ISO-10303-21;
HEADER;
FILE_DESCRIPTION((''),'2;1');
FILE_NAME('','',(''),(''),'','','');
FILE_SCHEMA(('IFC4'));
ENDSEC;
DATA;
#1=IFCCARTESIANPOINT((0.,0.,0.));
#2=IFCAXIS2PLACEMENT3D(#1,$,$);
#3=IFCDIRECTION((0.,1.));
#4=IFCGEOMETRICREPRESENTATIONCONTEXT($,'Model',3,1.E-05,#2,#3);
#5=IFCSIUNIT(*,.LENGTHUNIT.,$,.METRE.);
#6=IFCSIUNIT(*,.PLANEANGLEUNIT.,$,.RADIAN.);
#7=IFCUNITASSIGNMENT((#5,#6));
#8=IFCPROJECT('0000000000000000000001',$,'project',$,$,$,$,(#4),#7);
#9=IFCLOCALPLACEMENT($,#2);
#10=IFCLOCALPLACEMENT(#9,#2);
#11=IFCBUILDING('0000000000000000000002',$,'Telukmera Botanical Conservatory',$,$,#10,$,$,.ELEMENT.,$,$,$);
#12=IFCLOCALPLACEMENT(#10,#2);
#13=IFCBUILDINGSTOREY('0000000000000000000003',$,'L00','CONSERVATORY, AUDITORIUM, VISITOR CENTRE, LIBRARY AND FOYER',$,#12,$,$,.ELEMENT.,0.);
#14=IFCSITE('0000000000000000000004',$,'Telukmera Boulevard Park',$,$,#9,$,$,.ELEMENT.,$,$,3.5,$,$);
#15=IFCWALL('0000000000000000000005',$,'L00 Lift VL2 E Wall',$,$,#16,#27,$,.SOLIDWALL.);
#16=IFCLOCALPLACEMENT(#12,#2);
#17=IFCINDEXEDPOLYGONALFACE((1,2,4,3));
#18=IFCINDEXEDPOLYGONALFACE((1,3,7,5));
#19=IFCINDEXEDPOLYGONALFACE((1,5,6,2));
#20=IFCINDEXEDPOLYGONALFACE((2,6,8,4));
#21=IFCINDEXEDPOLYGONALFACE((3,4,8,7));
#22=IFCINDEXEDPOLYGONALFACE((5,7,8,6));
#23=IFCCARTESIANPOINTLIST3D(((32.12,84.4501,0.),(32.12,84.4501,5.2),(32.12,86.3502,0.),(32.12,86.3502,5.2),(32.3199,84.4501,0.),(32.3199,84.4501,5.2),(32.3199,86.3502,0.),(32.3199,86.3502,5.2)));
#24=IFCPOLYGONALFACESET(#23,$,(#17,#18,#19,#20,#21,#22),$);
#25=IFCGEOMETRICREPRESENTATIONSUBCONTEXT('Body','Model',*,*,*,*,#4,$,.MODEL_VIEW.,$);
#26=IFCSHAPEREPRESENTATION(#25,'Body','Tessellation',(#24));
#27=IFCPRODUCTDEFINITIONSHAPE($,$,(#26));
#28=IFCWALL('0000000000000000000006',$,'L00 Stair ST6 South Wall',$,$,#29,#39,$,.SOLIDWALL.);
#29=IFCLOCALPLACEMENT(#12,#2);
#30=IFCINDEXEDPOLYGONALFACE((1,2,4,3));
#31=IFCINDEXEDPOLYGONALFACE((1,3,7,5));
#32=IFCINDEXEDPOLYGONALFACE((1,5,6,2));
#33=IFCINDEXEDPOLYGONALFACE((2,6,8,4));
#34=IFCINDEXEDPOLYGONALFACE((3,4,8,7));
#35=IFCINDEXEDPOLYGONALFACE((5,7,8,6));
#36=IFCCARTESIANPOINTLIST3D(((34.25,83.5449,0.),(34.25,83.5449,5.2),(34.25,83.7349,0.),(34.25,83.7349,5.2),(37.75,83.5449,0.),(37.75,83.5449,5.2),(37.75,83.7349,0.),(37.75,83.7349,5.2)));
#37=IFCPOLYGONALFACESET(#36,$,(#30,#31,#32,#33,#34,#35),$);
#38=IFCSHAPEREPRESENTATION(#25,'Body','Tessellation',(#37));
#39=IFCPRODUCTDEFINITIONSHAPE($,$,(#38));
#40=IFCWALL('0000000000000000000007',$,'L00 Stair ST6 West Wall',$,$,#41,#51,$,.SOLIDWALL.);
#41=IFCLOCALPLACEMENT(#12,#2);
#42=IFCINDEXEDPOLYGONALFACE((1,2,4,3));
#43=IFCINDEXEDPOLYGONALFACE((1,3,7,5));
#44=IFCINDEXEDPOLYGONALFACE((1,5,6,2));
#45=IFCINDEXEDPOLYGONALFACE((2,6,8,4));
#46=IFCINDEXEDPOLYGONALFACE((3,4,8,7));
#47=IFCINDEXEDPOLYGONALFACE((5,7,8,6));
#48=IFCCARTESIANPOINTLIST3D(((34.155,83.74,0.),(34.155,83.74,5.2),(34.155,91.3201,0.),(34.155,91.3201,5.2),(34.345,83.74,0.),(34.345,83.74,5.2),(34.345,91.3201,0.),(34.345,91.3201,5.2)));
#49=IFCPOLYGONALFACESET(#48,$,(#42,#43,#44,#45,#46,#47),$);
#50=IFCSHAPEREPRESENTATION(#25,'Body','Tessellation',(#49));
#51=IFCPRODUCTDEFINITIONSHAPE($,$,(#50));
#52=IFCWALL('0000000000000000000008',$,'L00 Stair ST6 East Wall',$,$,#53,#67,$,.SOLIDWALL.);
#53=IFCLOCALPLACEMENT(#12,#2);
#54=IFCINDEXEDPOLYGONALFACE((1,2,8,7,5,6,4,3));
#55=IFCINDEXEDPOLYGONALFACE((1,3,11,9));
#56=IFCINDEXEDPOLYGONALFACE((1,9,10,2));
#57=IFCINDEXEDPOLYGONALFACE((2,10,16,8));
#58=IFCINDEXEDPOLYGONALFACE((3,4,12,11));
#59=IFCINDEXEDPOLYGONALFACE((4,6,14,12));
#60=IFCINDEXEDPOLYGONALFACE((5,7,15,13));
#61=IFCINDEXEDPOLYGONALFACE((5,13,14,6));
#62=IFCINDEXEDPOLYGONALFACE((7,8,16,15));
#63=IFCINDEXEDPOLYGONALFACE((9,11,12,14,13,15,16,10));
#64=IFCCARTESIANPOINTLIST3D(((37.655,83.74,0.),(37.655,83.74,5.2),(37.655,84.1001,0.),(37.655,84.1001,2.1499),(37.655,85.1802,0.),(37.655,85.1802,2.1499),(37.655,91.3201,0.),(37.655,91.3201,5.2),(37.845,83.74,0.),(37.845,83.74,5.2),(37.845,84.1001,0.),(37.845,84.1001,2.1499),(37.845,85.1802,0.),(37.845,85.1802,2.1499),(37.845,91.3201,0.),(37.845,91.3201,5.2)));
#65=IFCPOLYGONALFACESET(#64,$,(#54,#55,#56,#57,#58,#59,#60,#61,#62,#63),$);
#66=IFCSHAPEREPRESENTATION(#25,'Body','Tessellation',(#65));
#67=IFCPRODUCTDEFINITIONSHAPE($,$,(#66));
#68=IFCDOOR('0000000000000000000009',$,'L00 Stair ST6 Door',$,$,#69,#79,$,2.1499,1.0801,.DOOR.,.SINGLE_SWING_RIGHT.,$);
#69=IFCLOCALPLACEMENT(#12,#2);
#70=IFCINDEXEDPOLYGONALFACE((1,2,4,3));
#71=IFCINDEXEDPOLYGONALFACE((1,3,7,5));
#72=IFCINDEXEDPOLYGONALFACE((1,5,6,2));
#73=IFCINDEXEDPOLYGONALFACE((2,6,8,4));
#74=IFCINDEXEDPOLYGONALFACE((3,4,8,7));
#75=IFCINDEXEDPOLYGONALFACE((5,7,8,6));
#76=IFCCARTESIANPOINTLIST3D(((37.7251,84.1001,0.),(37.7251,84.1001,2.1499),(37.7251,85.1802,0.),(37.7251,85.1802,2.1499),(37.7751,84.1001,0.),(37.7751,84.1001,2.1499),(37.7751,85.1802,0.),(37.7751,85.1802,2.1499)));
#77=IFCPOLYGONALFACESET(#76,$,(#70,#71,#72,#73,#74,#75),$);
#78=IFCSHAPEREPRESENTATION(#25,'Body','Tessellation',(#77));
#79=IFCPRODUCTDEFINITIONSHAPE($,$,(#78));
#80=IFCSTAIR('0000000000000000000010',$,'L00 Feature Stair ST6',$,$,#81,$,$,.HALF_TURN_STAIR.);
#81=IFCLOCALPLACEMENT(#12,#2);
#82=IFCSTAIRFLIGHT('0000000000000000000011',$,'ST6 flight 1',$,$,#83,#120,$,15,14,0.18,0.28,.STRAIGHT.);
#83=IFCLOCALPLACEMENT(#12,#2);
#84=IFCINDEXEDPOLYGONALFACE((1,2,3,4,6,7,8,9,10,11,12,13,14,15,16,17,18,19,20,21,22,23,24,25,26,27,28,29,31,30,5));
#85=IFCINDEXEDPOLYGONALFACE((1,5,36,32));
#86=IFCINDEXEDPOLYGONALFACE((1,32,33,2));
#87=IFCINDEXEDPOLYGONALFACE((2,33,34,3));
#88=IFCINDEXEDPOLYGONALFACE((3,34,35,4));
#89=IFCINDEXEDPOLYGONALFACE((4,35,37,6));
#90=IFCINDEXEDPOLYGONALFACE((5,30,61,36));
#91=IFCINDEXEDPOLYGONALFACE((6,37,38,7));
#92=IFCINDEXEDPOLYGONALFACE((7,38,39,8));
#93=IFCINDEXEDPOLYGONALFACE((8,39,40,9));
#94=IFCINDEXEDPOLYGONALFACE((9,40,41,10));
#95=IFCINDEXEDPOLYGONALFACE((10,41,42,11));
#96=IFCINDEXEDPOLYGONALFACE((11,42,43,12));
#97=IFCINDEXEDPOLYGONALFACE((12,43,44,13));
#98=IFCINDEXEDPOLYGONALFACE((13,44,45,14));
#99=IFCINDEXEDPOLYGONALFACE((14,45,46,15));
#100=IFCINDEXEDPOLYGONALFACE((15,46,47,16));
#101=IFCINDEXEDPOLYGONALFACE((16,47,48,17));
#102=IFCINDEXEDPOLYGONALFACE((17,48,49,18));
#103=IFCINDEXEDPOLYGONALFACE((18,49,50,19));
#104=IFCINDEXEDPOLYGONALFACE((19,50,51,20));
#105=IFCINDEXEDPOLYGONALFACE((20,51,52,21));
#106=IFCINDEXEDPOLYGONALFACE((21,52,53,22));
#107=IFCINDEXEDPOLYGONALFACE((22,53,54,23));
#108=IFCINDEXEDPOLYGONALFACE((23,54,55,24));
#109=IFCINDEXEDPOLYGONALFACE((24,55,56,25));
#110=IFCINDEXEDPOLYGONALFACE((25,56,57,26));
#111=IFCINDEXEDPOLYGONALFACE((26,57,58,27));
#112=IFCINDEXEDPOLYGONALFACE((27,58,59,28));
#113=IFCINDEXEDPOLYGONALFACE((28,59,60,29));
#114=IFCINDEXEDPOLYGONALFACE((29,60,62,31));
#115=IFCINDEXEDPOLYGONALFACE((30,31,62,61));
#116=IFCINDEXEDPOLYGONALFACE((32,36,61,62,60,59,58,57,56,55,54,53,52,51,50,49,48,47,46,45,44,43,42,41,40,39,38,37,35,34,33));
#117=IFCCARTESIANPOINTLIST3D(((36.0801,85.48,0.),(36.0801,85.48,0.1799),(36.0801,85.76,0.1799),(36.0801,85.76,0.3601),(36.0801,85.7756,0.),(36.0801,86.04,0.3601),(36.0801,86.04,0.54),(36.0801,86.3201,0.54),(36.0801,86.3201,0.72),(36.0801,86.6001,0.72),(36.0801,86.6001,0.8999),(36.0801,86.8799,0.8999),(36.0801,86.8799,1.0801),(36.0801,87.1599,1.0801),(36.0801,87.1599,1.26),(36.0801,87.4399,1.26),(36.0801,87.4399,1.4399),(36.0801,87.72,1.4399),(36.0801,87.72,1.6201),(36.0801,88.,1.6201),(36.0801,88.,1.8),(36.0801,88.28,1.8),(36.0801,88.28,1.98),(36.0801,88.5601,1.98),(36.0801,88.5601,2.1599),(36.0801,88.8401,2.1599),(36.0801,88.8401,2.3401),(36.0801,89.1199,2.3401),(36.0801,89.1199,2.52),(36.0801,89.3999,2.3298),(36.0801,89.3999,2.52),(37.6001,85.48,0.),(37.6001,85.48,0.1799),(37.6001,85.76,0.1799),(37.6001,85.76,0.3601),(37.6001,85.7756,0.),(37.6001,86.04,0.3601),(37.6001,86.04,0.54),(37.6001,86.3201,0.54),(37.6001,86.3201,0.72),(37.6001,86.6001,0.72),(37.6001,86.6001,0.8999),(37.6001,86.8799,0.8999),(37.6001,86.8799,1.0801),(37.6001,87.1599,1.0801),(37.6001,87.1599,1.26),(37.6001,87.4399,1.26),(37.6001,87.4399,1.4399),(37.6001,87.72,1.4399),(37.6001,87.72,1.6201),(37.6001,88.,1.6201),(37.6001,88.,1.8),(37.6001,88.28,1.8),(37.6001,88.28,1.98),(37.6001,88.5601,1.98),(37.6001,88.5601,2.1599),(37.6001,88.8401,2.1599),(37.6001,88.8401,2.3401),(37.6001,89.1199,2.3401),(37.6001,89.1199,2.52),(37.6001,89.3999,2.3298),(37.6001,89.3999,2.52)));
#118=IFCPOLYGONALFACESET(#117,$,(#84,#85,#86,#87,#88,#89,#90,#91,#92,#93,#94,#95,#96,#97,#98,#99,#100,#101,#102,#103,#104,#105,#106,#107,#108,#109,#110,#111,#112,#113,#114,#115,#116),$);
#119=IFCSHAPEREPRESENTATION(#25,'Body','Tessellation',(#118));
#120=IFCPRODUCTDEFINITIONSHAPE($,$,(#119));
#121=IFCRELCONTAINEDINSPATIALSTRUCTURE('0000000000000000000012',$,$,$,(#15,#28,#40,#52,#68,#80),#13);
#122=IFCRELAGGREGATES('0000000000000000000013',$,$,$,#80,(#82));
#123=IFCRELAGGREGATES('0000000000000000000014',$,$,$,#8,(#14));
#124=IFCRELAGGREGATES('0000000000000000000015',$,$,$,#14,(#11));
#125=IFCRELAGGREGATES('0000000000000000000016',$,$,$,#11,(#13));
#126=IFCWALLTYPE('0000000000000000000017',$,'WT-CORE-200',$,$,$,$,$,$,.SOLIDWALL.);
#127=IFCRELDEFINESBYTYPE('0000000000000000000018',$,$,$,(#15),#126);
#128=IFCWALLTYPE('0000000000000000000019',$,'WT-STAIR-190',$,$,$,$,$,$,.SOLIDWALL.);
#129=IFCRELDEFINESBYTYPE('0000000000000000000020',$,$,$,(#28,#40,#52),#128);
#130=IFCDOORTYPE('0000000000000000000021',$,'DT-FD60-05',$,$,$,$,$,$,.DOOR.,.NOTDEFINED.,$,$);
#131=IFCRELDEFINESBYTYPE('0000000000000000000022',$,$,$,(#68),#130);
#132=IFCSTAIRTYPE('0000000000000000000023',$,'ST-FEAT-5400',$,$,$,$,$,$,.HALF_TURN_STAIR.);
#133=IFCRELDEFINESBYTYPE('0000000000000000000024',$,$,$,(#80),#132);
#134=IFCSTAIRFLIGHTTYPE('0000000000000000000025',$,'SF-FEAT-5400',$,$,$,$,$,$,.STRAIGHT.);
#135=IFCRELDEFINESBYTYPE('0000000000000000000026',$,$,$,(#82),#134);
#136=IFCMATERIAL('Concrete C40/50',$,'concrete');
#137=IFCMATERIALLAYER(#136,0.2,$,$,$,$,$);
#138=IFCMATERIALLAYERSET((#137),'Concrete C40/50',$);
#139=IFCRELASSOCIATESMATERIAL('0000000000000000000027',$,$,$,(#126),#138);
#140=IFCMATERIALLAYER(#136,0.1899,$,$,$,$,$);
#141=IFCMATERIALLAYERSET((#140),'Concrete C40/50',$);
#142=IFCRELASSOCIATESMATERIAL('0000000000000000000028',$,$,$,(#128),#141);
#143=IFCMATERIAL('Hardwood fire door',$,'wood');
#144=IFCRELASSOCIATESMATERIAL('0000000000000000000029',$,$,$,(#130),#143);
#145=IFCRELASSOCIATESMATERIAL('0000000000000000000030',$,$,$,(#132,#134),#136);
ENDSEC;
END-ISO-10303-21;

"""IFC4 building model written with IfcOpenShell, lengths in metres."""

from ifc_helpers import new_model, si_unit, direction, frame, frame_2d, origin, place, context, subcontext, project, spatial, polyline, rectangle, outline, extrude, material, layer, layer_set, type_object, element, fill, aggregate, save


model = new_model("IFC4")

# Units and contexts
model_context = context("Model", 3, precision=1e-05, world=origin(), true_north=direction((0.0, 1.0)))
body_context = subcontext(model_context, "Body", "Model", "MODEL_VIEW")
ifc_project = project(units=[si_unit("LENGTHUNIT", "METRE"), si_unit("PLANEANGLEUNIT", "RADIAN")], contexts=[model_context])

# Site, building, storey
site_placement = place(None, origin())
site = spatial("IfcSite", under=ifc_project, at=site_placement, Name="Telukmera Boulevard Park", CompositionType="ELEMENT", RefElevation=3.5)
building_placement = place(site_placement, origin())
building = spatial("IfcBuilding", under=site, at=building_placement, Name="Telukmera Botanical Conservatory", CompositionType="ELEMENT")
storey_placement = place(building_placement, origin())
storey = spatial("IfcBuildingStorey", under=building, at=storey_placement, Name="L00", Description="CONSERVATORY, AUDITORIUM, VISITOR CENTRE, LIBRARY AND FOYER", CompositionType="ELEMENT", Elevation=0.0)

# Shared definitions
ifc_material_1 = material(Name="Concrete C40/50", Category="concrete")

# Walls
ifc_layer_1 = layer(ifc_material_1, 0.2)
ifc_layer_set_1 = layer_set([ifc_layer_1], Name="Concrete C40/50")
wall_type_1 = type_object("IfcWallType", Name="WT-CORE-200", PredefinedType="SOLIDWALL", material=ifc_layer_set_1)
wall_1_placement = place(storey_placement, frame((32.22, 84.45, 0.0), z_axis=(0.0, 0.0, 1.0), x_axis=(0.0, 1.0, 0.0)))
element("IfcWall", 1, at=wall_1_placement, inside=storey, type_object=wall_type_1, Name="L00 Lift VL2 E Wall", PredefinedType="SOLIDWALL", context=body_context, shape_type="SweptSolid", body=[
    extrude(rectangle(XDim=1.9001, YDim=0.2, at=frame_2d((0.9502, 0.0))), origin(), (0.0, 0.0, 1.0), 5.2),
])
ifc_layer_2 = layer(ifc_material_1, 0.1899)
ifc_layer_set_2 = layer_set([ifc_layer_2], Name="Concrete C40/50")
wall_type_2 = type_object("IfcWallType", Name="WT-STAIR-190", PredefinedType="SOLIDWALL", material=ifc_layer_set_2)
wall_2_placement = place(storey_placement, frame((34.25, 83.6399, 0.0), z_axis=(0.0, 0.0, 1.0), x_axis=(1.0, 0.0, 0.0)))
element("IfcWall", 2, at=wall_2_placement, inside=storey, type_object=wall_type_2, Name="L00 Stair ST6 South Wall", PredefinedType="SOLIDWALL", context=body_context, shape_type="SweptSolid", body=[
    extrude(rectangle(XDim=3.5, YDim=0.1899, at=frame_2d((1.75, 0.0))), origin(), (0.0, 0.0, 1.0), 5.2),
])
wall_3_placement = place(storey_placement, frame((34.25, 83.74, 0.0), z_axis=(0.0, 0.0, 1.0), x_axis=(0.0, 1.0, 0.0)))
element("IfcWall", 3, at=wall_3_placement, inside=storey, type_object=wall_type_2, Name="L00 Stair ST6 West Wall", PredefinedType="SOLIDWALL", context=body_context, shape_type="SweptSolid", body=[
    extrude(rectangle(XDim=7.5801, YDim=0.1899, at=frame_2d((3.79, 0.0))), origin(), (0.0, 0.0, 1.0), 5.2),
])

# Wall, opening, door
wall_4_placement = place(storey_placement, frame((37.75, 83.74, 0.0), z_axis=(0.0, 0.0, 1.0), x_axis=(0.0, 1.0, 0.0)))
wall_4 = element("IfcWall", 4, at=wall_4_placement, inside=storey, type_object=wall_type_2, Name="L00 Stair ST6 East Wall", PredefinedType="SOLIDWALL", context=body_context, shape_type="SweptSolid", body=[
    extrude(rectangle(XDim=7.5801, YDim=0.1899, at=frame_2d((3.79, 0.0))), origin(), (0.0, 0.0, 1.0), 5.2),
])
opening_1_placement = place(wall_4_placement, frame((0.3601, 0.0, 0.0)))
opening_1 = element("IfcOpeningElement", 5, at=opening_1_placement, cuts=wall_4, PredefinedType="OPENING", context=body_context, shape_type="SweptSolid", body=[
    extrude(rectangle(XDim=1.0801, YDim=2.1499, at=frame_2d((0.54, 1.075))), frame((0.0, 0.105, 0.0), z_axis=(0.0, -1.0, 0.0), x_axis=(1.0, 0.0, 0.0)), (0.0, 0.0, 1.0), 0.21),
])
ifc_material_2 = material(Name="Hardwood fire door", Category="wood")
door_type_1 = type_object("IfcDoorType", Name="DT-FD60-05", OperationType="NOTDEFINED", PredefinedType="DOOR", material=ifc_material_2)
door_1_placement = place(opening_1_placement, origin())
door_1 = element("IfcDoor", 6, at=door_1_placement, inside=storey, type_object=door_type_1, Name="L00 Stair ST6 Door", OperationType="SINGLE_SWING_RIGHT", OverallHeight=2.1499, OverallWidth=1.0801, PredefinedType="DOOR", context=body_context, shape_type="SweptSolid", body=[
    extrude(rectangle(XDim=1.0801, YDim=2.1499, at=frame_2d((0.54, 1.075))), frame((0.0, 0.0249, 0.0), z_axis=(0.0, -1.0, 0.0), x_axis=(1.0, 0.0, 0.0)), (0.0, 0.0, 1.0), 0.05),
])
fill(opening_1, door_1)

# Stair, stair flight
stair_type = type_object("IfcStairType", Name="ST-FEAT-5400", PredefinedType="HALF_TURN_STAIR", material=ifc_material_1)
stair_placement = place(storey_placement, origin())
stair = element("IfcStair", 7, at=stair_placement, inside=storey, type_object=stair_type, Name="L00 Feature Stair ST6", PredefinedType="HALF_TURN_STAIR")
stair_flight_type = type_object("IfcStairFlightType", Name="SF-FEAT-5400", PredefinedType="STRAIGHT", material=ifc_material_1)
stair_flight_placement = place(storey_placement, frame((36.8401, 85.48, 0.0), z_axis=(0.0, 0.0, 1.0), x_axis=(0.0, 1.0, 0.0)))
stair_flight = element("IfcStairFlight", 8, at=stair_flight_placement, type_object=stair_flight_type, Name="ST6 flight 1", NumberOfRisers=15, NumberOfTreads=14, PredefinedType="STRAIGHT", RiserHeight=0.18, TreadLength=0.28, context=body_context, shape_type="SweptSolid", body=[
    extrude(outline(polyline([(0.0, 0.0), (0.0, 0.1799), (0.28, 0.1799), (0.28, 0.3601), (0.5601, 0.3601), (0.5601, 0.54), (0.8401, 0.54), (0.8401, 0.72), (1.1201, 0.72), (1.1201, 0.8999), (1.3999, 0.8999), (1.3999, 1.0801), (1.6799, 1.0801), (1.6799, 1.26), (1.96, 1.26), (1.96, 1.4399), (2.24, 1.4399), (2.24, 1.6201), (2.52, 1.6201), (2.52, 1.8), (2.8, 1.8), (2.8, 1.98), (3.0801, 1.98), (3.0801, 2.1599), (3.3601, 2.1599), (3.3601, 2.3401), (3.6399, 2.3401), (3.6399, 2.52), (3.9199, 2.52), (3.9199, 2.7), (3.9199, 2.3298), (0.2957, 0.0), (0.0, 0.0)])), frame((0.0, 0.76, 0.0), z_axis=(0.0, -1.0, 0.0), x_axis=(1.0, 0.0, 0.0)), (0.0, 0.0, 1.0), 1.52),
])
aggregate(stair, [stair_flight])

save(model, "model.ifc")
